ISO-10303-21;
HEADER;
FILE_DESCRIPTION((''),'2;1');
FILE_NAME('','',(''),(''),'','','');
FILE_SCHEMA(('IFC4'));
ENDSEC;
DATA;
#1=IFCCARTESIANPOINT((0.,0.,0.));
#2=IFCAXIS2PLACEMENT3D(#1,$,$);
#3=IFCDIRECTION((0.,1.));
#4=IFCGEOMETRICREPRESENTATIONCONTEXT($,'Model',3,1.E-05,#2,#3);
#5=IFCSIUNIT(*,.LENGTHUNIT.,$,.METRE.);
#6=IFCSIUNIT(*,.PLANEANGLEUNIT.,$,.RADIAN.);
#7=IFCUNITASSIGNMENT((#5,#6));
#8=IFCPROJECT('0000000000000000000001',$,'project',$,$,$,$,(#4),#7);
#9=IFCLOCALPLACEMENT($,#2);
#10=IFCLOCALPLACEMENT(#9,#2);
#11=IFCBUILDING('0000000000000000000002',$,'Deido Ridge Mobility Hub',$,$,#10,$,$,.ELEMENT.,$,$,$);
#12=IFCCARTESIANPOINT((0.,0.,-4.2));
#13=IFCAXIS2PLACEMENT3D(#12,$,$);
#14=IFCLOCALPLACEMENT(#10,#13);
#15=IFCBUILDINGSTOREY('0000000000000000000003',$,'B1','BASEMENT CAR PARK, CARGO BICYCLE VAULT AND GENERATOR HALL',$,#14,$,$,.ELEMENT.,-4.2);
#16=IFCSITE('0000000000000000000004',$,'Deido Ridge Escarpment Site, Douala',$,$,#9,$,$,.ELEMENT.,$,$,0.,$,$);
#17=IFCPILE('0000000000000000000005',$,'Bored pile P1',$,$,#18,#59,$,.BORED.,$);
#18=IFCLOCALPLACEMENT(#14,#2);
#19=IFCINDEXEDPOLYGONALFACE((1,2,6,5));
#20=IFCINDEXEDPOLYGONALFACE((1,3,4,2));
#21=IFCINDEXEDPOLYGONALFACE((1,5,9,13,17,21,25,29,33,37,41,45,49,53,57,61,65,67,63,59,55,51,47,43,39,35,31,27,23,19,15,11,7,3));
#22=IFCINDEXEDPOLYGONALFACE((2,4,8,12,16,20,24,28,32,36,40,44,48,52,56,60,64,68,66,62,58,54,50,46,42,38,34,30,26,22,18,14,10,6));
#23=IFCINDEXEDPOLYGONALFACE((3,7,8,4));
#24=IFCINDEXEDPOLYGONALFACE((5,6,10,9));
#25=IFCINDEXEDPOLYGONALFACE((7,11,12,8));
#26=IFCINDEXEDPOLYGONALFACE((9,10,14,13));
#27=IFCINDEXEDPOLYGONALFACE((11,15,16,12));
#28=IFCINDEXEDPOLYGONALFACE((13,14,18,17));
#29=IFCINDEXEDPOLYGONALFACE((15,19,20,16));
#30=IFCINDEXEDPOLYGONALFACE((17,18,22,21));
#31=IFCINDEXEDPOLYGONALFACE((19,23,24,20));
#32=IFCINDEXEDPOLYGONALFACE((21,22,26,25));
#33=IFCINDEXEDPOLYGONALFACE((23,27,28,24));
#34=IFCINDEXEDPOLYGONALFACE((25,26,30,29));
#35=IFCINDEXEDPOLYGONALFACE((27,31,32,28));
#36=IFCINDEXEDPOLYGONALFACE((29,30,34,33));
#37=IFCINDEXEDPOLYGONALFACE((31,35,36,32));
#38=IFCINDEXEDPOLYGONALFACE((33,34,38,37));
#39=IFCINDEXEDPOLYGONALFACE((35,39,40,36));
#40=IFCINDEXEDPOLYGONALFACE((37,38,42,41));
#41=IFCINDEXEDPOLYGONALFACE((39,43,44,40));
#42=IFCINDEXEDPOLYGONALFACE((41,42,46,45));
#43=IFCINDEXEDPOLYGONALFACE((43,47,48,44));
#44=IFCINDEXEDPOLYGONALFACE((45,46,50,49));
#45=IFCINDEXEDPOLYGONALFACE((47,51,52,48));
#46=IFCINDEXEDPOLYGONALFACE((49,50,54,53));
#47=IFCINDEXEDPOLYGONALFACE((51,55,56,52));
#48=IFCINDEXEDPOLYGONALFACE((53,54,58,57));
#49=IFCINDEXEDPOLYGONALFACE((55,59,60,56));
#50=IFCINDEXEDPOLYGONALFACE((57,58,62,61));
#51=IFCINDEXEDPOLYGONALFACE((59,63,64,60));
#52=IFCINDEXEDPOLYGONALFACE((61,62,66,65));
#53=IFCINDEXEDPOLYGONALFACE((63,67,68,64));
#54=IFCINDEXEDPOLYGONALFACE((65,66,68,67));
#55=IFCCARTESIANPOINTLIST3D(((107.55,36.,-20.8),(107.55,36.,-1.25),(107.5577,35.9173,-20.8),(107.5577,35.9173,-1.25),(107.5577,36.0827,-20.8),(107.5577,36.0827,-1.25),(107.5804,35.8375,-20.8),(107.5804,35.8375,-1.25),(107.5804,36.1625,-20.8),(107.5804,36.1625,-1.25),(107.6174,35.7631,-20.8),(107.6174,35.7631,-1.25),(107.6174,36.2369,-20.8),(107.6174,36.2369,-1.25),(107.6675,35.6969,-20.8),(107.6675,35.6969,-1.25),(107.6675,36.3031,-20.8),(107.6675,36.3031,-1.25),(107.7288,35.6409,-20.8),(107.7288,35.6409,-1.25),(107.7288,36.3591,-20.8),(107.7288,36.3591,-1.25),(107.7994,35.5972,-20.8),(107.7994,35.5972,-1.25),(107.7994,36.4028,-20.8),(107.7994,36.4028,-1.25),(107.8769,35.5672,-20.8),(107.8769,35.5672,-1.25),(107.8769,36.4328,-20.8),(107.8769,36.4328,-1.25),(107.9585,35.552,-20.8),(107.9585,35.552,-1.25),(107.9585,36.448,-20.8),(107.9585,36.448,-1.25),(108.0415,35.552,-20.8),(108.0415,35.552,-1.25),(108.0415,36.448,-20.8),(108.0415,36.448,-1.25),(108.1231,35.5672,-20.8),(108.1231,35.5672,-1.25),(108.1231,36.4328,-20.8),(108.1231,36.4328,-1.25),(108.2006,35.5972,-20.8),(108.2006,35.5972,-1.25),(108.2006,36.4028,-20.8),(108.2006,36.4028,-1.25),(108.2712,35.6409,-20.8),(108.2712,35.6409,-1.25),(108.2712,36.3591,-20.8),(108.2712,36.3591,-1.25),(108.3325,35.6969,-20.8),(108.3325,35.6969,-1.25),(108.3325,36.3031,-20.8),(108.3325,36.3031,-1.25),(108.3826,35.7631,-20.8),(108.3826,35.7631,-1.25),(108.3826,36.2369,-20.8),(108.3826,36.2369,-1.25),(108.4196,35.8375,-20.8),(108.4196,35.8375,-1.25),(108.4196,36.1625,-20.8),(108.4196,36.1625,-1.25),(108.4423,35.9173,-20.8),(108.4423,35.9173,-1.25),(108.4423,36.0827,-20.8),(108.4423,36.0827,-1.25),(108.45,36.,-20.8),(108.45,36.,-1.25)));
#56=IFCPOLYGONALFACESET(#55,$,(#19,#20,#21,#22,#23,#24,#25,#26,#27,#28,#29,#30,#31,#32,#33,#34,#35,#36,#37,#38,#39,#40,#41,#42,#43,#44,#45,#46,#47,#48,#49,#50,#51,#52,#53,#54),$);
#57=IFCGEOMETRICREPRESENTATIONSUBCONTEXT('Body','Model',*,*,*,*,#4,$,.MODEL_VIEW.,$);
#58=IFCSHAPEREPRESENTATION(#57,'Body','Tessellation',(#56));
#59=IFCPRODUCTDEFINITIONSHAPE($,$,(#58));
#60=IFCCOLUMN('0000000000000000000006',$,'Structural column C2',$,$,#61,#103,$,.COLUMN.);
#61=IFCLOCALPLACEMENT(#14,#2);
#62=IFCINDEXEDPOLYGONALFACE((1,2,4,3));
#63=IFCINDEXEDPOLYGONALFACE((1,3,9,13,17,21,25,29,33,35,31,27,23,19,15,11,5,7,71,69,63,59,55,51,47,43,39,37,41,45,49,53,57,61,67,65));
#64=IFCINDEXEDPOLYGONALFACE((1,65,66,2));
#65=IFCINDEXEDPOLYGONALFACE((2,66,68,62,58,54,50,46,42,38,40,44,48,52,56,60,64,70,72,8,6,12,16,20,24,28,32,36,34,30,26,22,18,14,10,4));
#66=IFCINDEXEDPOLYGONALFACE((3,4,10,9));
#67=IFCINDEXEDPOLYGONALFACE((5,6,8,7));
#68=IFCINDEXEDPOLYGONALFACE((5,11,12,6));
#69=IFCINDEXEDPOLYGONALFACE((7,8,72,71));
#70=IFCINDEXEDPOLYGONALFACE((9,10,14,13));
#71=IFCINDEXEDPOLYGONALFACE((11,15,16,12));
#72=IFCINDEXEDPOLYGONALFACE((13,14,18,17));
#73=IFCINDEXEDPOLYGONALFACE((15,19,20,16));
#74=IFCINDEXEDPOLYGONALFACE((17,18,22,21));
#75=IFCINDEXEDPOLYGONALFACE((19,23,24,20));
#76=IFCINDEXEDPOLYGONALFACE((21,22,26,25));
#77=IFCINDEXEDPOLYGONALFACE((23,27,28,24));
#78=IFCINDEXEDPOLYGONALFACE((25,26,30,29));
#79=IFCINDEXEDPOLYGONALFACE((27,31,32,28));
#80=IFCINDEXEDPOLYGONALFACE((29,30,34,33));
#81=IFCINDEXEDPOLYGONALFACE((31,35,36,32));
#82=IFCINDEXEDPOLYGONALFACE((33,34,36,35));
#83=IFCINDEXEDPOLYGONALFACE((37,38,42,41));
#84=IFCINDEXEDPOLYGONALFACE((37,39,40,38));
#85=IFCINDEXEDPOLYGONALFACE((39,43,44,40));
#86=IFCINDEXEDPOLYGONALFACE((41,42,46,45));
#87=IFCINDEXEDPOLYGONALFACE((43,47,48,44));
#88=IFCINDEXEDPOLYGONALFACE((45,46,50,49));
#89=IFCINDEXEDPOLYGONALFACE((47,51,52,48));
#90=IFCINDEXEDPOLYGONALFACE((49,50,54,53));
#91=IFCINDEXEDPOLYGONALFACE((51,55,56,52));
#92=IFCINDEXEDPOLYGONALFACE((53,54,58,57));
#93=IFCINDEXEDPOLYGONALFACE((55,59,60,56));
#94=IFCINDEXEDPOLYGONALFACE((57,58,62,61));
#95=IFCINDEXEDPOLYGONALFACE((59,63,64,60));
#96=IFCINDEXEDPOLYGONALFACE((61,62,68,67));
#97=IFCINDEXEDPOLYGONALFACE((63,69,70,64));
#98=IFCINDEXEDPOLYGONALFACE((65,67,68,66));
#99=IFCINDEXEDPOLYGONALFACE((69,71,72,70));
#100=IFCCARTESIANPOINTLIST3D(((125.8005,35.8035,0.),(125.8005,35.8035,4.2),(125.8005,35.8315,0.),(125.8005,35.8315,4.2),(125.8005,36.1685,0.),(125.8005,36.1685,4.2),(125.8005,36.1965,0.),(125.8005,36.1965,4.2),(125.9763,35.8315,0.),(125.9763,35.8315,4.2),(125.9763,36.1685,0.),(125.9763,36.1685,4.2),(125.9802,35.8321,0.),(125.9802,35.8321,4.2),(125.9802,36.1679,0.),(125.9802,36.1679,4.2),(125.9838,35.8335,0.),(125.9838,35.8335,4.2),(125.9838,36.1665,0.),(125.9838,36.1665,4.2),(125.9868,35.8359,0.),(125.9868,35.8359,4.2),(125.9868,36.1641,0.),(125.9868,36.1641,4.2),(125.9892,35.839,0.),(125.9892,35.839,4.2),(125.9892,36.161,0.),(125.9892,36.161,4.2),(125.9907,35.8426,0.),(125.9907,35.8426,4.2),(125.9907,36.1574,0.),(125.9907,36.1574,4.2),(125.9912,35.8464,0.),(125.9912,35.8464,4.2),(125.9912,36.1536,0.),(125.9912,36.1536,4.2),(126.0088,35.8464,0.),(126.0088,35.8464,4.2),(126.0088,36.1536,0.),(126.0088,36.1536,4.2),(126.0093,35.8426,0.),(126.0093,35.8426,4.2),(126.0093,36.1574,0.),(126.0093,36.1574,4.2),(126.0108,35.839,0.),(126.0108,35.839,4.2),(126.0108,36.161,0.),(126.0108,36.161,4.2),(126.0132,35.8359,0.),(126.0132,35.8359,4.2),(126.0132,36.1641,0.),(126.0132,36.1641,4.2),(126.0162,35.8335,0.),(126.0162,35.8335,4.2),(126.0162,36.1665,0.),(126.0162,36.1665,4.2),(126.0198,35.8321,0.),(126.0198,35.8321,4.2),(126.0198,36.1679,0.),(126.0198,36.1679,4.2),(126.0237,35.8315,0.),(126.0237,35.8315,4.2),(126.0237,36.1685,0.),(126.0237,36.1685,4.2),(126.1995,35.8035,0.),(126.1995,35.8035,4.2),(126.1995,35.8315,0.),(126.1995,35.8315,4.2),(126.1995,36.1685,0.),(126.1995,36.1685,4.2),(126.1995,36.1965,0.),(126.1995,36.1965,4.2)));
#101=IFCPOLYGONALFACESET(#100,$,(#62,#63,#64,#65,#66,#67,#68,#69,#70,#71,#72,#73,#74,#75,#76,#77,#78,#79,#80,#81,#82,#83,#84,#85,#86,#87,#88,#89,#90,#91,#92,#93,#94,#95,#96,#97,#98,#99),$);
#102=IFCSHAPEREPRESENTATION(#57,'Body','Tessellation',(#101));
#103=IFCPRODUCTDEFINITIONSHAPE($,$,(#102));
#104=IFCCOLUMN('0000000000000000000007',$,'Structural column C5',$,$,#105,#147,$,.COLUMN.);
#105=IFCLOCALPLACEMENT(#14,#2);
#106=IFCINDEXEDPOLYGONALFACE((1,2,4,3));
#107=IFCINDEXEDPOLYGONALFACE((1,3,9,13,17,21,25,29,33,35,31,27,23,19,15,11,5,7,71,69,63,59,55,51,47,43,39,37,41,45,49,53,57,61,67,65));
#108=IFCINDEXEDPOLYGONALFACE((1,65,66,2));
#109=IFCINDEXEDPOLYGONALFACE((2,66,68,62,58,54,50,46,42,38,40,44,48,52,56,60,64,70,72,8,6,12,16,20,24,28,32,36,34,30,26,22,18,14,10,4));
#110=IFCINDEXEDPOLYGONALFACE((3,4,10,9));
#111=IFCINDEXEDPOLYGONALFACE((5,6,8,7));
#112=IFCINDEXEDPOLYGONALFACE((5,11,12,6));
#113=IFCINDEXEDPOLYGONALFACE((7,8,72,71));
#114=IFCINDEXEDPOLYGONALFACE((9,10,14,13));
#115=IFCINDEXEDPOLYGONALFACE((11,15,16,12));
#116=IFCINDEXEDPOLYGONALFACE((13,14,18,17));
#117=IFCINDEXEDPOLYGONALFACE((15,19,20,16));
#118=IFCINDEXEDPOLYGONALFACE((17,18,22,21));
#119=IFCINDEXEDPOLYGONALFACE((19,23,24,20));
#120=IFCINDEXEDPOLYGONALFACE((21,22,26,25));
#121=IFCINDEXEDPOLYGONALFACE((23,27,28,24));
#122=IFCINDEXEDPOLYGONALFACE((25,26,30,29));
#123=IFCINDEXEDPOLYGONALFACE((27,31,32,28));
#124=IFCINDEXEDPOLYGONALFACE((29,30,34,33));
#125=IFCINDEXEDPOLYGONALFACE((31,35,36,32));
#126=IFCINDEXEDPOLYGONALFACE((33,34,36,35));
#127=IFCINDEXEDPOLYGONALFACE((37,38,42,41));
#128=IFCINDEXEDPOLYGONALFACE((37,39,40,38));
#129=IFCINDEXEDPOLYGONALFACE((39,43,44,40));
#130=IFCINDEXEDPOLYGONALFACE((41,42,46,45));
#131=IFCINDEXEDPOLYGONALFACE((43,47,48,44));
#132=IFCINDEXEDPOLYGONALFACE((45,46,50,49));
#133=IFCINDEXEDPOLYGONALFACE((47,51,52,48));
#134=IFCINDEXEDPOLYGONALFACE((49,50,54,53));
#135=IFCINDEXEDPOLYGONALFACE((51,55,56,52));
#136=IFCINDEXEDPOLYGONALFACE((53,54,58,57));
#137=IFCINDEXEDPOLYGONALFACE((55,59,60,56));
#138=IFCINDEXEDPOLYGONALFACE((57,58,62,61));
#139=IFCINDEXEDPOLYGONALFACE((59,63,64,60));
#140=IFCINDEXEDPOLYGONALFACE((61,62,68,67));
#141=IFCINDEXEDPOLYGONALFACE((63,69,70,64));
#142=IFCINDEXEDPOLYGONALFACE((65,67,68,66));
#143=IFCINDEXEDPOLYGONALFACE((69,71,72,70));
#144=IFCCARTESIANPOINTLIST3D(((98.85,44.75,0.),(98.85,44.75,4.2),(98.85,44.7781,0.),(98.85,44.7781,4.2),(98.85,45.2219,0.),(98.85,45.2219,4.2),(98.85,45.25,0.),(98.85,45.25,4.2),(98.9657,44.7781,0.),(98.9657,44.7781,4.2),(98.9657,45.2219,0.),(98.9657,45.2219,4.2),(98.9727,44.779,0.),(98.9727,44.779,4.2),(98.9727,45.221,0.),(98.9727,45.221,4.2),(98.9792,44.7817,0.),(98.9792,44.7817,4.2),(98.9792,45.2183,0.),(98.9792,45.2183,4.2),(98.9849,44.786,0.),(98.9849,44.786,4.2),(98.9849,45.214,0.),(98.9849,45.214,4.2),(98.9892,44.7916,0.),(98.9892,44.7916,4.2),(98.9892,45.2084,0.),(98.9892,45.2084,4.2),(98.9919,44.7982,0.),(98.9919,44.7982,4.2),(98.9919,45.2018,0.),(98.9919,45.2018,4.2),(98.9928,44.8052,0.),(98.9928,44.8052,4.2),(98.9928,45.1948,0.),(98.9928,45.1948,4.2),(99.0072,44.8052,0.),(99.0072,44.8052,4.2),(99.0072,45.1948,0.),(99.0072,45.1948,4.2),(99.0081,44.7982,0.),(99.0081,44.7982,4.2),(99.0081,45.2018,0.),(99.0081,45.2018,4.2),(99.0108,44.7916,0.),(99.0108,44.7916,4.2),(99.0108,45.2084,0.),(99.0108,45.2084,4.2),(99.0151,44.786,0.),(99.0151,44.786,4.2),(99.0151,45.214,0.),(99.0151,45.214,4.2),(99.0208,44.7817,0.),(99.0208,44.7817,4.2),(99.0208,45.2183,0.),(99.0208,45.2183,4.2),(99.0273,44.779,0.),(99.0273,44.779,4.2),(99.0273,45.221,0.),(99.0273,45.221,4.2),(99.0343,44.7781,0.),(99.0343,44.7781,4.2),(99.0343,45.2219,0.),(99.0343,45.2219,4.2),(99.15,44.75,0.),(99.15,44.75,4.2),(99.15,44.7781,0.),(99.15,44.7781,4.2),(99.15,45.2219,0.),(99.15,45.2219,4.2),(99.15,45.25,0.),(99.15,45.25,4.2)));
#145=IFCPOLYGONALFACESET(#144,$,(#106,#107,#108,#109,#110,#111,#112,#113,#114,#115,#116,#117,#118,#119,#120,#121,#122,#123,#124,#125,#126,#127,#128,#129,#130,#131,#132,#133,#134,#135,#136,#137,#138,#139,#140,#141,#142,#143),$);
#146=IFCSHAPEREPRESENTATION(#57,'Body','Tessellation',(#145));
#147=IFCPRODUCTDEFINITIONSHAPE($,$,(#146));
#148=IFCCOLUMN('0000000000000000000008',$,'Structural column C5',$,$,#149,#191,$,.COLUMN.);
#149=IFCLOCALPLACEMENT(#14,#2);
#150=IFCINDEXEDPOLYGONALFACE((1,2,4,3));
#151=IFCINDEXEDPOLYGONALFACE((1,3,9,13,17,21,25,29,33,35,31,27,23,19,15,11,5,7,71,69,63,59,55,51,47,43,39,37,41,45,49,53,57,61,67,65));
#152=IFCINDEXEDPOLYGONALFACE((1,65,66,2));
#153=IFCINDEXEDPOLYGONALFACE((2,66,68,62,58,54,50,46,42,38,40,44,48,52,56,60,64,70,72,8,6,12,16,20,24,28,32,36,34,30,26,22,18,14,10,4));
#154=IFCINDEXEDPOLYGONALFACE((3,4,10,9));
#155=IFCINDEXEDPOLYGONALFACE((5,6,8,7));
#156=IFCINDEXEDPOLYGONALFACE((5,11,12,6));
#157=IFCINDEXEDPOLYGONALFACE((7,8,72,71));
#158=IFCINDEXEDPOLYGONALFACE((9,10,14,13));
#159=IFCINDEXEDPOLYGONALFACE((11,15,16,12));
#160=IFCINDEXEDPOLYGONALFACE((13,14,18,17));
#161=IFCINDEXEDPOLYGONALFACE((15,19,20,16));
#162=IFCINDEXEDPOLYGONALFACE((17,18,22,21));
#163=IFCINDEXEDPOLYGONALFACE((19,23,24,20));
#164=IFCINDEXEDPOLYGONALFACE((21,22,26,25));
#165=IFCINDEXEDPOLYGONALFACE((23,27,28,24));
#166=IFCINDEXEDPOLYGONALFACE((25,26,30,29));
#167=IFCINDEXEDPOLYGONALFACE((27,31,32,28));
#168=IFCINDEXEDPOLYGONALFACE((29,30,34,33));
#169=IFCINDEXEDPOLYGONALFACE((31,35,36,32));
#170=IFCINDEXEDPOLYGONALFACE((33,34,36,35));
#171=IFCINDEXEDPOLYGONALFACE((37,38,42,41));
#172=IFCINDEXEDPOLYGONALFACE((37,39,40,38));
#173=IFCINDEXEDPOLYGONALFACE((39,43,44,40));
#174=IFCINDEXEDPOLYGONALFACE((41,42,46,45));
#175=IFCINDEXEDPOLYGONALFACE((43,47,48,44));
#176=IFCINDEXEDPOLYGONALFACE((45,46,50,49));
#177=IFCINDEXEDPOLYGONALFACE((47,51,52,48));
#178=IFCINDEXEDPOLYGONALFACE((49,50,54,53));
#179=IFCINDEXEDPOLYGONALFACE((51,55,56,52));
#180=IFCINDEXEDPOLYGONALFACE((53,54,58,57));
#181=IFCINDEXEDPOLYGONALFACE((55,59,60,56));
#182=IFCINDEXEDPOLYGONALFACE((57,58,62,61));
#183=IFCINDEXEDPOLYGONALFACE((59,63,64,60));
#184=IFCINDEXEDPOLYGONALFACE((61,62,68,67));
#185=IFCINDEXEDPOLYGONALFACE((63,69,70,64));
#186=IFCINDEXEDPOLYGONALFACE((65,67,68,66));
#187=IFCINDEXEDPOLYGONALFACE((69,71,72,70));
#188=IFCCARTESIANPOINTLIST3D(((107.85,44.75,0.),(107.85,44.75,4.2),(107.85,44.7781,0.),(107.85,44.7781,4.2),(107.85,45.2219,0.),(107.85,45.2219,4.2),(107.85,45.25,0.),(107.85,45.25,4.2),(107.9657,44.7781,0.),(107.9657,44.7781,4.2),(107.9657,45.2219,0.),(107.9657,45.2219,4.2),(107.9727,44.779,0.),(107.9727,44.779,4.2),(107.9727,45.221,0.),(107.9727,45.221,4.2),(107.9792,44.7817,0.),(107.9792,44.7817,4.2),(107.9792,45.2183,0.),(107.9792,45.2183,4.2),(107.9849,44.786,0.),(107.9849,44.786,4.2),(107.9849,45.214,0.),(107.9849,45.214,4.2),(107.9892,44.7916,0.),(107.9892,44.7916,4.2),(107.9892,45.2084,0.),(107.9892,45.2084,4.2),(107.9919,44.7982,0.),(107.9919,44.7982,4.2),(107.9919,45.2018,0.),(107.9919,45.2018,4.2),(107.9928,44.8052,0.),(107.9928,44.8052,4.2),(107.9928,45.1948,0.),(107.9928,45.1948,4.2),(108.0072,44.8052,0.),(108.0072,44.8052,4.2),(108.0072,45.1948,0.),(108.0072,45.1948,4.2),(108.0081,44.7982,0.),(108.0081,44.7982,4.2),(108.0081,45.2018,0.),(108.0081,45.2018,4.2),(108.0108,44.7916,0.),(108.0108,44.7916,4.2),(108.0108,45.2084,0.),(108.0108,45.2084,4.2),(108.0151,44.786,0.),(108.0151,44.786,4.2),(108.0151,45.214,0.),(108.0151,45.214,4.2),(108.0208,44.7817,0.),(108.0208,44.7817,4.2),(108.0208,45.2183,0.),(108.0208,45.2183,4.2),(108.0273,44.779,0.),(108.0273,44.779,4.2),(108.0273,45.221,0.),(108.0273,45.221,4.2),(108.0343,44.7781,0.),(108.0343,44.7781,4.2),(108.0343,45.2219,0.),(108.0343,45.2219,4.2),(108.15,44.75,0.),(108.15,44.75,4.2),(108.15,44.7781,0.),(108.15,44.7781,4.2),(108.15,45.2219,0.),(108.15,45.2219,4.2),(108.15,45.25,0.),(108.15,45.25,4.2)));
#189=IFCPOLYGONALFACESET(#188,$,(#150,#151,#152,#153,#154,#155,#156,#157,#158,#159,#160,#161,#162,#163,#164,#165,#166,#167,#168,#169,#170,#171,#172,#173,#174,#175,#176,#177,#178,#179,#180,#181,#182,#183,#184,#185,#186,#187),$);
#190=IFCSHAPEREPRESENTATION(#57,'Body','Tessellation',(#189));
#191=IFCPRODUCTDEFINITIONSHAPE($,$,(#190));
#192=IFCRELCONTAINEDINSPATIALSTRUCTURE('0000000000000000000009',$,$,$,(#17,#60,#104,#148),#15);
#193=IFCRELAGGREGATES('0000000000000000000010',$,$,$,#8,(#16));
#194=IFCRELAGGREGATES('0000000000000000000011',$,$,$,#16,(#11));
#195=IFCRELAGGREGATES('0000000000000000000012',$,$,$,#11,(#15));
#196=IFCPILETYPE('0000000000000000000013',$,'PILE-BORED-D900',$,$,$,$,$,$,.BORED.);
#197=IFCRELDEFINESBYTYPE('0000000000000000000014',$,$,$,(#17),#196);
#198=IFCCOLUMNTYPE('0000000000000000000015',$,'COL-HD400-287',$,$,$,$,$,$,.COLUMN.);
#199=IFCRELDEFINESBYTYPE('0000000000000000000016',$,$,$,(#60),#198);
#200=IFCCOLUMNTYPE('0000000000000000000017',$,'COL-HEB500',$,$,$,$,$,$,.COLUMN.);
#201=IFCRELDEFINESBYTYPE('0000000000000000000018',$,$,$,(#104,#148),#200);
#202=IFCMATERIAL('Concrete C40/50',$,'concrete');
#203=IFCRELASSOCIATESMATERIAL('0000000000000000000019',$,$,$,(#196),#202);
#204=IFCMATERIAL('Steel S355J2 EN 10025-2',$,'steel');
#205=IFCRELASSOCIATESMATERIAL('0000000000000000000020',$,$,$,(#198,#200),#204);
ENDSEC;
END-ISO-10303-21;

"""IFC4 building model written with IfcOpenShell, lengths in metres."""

from ifc_helpers import new_model, si_unit, direction, frame, origin, origin_2d, place, context, subcontext, project, spatial, circle, i_section, extrude, material, material_profile, profile_set, type_object, element, save


model = new_model("IFC4")

# Units and contexts
model_context = context("Model", 3, precision=1e-05, world=origin(), true_north=direction((0.0, 1.0)))
body_context = subcontext(model_context, "Body", "Model", "MODEL_VIEW")
ifc_project = project(units=[si_unit("LENGTHUNIT", "METRE"), si_unit("PLANEANGLEUNIT", "RADIAN")], contexts=[model_context])

# Site, building, storey
site_placement = place(None, origin())
site = spatial("IfcSite", under=ifc_project, at=site_placement, Name="Deido Ridge Escarpment Site, Douala", CompositionType="ELEMENT", RefElevation=0.0)
building_placement = place(site_placement, origin())
building = spatial("IfcBuilding", under=site, at=building_placement, Name="Deido Ridge Mobility Hub", CompositionType="ELEMENT")
storey_placement = place(building_placement, frame((0.0, 0.0, -4.2)))
storey = spatial("IfcBuildingStorey", under=building, at=storey_placement, Name="B1", Description="BASEMENT CAR PARK, CARGO BICYCLE VAULT AND GENERATOR HALL", CompositionType="ELEMENT", Elevation=-4.2)

# Shared definitions
ifc_material_1 = material(Name="Concrete C40/50", Category="concrete")

# Pile
ifc_material_profile_1 = material_profile(ifc_material_1, circle(Radius=0.45, at=origin_2d()), Name="BORED PILE D900")
ifc_profile_set_1 = profile_set([ifc_material_profile_1], Name="Concrete C40/50")
pile_type_1 = type_object("IfcPileType", Name="PILE-BORED-D900", PredefinedType="BORED", material=ifc_profile_set_1)
pile_1_placement = place(storey_placement, frame((108.0, 36.0, -1.25), z_axis=(0.0, 0.0, -1.0), x_axis=(1.0, 0.0, 0.0)))
element("IfcPile", 1, at=pile_1_placement, inside=storey, type_object=pile_type_1, Name="Bored pile P1", PredefinedType="BORED", context=body_context, shape_type="SweptSolid", body=[
    extrude(circle(Radius=0.45, at=origin_2d()), origin(), (0.0, 0.0, 1.0), 19.55),
])

# Columns
ifc_material_2 = material(Name="Steel S355J2 EN 10025-2", Category="steel")
ifc_material_profile_2 = material_profile(ifc_material_2, i_section(OverallWidth=0.3989, OverallDepth=0.3931, WebThickness=0.0176, FlangeThickness=0.0281, FilletRadius=0.0149, at=origin_2d()), Name="HD 400x287")
ifc_profile_set_2 = profile_set([ifc_material_profile_2], Name="Steel S355J2 EN 10025-2")
column_type_1 = type_object("IfcColumnType", Name="COL-HD400-287", PredefinedType="COLUMN", material=ifc_profile_set_2)
column_placement = place(storey_placement, frame((126.0, 36.0, 0.0), z_axis=(0.0, 0.0, 1.0), x_axis=(1.0, 0.0, 0.0)))
element("IfcColumn", 2, at=column_placement, inside=storey, type_object=column_type_1, Name="Structural column C2", PredefinedType="COLUMN", context=body_context, shape_type="SweptSolid", body=[
    extrude(i_section(OverallWidth=0.3989, OverallDepth=0.3931, WebThickness=0.0176, FlangeThickness=0.0281, FilletRadius=0.0149, at=origin_2d()), origin(), (0.0, 0.0, 1.0), 4.2),
])
ifc_material_profile_3 = material_profile(ifc_material_2, i_section(OverallWidth=0.3, OverallDepth=0.5, WebThickness=0.0144, FlangeThickness=0.0281, FilletRadius=0.0271, at=origin_2d()), Name="HEB 500")
ifc_profile_set_3 = profile_set([ifc_material_profile_3], Name="Steel S355J2 EN 10025-2")
column_type_2 = type_object("IfcColumnType", Name="COL-HEB500", PredefinedType="COLUMN", material=ifc_profile_set_3)
for number, where, z_axis, x_axis, name in (
    (3, (99.0, 45.0, 0.0), (0.0, 0.0, 1.0), (1.0, 0.0, 0.0), "Structural column C5"),
    (4, (108.0, 45.0, 0.0), (0.0, 0.0, 1.0), (1.0, 0.0, 0.0), "Structural column C5"),
):
    element("IfcColumn", number, at=place(storey_placement, frame(where, z_axis=z_axis, x_axis=x_axis)), inside=storey, type_object=column_type_2, Name=name, PredefinedType="COLUMN", context=body_context, shape_type="SweptSolid", body=[
        extrude(i_section(OverallWidth=0.3, OverallDepth=0.5, WebThickness=0.0144, FlangeThickness=0.0281, FilletRadius=0.0271, at=origin_2d()), origin(), (0.0, 0.0, 1.0), 4.2),
    ])

save(model, "model.ifc")
